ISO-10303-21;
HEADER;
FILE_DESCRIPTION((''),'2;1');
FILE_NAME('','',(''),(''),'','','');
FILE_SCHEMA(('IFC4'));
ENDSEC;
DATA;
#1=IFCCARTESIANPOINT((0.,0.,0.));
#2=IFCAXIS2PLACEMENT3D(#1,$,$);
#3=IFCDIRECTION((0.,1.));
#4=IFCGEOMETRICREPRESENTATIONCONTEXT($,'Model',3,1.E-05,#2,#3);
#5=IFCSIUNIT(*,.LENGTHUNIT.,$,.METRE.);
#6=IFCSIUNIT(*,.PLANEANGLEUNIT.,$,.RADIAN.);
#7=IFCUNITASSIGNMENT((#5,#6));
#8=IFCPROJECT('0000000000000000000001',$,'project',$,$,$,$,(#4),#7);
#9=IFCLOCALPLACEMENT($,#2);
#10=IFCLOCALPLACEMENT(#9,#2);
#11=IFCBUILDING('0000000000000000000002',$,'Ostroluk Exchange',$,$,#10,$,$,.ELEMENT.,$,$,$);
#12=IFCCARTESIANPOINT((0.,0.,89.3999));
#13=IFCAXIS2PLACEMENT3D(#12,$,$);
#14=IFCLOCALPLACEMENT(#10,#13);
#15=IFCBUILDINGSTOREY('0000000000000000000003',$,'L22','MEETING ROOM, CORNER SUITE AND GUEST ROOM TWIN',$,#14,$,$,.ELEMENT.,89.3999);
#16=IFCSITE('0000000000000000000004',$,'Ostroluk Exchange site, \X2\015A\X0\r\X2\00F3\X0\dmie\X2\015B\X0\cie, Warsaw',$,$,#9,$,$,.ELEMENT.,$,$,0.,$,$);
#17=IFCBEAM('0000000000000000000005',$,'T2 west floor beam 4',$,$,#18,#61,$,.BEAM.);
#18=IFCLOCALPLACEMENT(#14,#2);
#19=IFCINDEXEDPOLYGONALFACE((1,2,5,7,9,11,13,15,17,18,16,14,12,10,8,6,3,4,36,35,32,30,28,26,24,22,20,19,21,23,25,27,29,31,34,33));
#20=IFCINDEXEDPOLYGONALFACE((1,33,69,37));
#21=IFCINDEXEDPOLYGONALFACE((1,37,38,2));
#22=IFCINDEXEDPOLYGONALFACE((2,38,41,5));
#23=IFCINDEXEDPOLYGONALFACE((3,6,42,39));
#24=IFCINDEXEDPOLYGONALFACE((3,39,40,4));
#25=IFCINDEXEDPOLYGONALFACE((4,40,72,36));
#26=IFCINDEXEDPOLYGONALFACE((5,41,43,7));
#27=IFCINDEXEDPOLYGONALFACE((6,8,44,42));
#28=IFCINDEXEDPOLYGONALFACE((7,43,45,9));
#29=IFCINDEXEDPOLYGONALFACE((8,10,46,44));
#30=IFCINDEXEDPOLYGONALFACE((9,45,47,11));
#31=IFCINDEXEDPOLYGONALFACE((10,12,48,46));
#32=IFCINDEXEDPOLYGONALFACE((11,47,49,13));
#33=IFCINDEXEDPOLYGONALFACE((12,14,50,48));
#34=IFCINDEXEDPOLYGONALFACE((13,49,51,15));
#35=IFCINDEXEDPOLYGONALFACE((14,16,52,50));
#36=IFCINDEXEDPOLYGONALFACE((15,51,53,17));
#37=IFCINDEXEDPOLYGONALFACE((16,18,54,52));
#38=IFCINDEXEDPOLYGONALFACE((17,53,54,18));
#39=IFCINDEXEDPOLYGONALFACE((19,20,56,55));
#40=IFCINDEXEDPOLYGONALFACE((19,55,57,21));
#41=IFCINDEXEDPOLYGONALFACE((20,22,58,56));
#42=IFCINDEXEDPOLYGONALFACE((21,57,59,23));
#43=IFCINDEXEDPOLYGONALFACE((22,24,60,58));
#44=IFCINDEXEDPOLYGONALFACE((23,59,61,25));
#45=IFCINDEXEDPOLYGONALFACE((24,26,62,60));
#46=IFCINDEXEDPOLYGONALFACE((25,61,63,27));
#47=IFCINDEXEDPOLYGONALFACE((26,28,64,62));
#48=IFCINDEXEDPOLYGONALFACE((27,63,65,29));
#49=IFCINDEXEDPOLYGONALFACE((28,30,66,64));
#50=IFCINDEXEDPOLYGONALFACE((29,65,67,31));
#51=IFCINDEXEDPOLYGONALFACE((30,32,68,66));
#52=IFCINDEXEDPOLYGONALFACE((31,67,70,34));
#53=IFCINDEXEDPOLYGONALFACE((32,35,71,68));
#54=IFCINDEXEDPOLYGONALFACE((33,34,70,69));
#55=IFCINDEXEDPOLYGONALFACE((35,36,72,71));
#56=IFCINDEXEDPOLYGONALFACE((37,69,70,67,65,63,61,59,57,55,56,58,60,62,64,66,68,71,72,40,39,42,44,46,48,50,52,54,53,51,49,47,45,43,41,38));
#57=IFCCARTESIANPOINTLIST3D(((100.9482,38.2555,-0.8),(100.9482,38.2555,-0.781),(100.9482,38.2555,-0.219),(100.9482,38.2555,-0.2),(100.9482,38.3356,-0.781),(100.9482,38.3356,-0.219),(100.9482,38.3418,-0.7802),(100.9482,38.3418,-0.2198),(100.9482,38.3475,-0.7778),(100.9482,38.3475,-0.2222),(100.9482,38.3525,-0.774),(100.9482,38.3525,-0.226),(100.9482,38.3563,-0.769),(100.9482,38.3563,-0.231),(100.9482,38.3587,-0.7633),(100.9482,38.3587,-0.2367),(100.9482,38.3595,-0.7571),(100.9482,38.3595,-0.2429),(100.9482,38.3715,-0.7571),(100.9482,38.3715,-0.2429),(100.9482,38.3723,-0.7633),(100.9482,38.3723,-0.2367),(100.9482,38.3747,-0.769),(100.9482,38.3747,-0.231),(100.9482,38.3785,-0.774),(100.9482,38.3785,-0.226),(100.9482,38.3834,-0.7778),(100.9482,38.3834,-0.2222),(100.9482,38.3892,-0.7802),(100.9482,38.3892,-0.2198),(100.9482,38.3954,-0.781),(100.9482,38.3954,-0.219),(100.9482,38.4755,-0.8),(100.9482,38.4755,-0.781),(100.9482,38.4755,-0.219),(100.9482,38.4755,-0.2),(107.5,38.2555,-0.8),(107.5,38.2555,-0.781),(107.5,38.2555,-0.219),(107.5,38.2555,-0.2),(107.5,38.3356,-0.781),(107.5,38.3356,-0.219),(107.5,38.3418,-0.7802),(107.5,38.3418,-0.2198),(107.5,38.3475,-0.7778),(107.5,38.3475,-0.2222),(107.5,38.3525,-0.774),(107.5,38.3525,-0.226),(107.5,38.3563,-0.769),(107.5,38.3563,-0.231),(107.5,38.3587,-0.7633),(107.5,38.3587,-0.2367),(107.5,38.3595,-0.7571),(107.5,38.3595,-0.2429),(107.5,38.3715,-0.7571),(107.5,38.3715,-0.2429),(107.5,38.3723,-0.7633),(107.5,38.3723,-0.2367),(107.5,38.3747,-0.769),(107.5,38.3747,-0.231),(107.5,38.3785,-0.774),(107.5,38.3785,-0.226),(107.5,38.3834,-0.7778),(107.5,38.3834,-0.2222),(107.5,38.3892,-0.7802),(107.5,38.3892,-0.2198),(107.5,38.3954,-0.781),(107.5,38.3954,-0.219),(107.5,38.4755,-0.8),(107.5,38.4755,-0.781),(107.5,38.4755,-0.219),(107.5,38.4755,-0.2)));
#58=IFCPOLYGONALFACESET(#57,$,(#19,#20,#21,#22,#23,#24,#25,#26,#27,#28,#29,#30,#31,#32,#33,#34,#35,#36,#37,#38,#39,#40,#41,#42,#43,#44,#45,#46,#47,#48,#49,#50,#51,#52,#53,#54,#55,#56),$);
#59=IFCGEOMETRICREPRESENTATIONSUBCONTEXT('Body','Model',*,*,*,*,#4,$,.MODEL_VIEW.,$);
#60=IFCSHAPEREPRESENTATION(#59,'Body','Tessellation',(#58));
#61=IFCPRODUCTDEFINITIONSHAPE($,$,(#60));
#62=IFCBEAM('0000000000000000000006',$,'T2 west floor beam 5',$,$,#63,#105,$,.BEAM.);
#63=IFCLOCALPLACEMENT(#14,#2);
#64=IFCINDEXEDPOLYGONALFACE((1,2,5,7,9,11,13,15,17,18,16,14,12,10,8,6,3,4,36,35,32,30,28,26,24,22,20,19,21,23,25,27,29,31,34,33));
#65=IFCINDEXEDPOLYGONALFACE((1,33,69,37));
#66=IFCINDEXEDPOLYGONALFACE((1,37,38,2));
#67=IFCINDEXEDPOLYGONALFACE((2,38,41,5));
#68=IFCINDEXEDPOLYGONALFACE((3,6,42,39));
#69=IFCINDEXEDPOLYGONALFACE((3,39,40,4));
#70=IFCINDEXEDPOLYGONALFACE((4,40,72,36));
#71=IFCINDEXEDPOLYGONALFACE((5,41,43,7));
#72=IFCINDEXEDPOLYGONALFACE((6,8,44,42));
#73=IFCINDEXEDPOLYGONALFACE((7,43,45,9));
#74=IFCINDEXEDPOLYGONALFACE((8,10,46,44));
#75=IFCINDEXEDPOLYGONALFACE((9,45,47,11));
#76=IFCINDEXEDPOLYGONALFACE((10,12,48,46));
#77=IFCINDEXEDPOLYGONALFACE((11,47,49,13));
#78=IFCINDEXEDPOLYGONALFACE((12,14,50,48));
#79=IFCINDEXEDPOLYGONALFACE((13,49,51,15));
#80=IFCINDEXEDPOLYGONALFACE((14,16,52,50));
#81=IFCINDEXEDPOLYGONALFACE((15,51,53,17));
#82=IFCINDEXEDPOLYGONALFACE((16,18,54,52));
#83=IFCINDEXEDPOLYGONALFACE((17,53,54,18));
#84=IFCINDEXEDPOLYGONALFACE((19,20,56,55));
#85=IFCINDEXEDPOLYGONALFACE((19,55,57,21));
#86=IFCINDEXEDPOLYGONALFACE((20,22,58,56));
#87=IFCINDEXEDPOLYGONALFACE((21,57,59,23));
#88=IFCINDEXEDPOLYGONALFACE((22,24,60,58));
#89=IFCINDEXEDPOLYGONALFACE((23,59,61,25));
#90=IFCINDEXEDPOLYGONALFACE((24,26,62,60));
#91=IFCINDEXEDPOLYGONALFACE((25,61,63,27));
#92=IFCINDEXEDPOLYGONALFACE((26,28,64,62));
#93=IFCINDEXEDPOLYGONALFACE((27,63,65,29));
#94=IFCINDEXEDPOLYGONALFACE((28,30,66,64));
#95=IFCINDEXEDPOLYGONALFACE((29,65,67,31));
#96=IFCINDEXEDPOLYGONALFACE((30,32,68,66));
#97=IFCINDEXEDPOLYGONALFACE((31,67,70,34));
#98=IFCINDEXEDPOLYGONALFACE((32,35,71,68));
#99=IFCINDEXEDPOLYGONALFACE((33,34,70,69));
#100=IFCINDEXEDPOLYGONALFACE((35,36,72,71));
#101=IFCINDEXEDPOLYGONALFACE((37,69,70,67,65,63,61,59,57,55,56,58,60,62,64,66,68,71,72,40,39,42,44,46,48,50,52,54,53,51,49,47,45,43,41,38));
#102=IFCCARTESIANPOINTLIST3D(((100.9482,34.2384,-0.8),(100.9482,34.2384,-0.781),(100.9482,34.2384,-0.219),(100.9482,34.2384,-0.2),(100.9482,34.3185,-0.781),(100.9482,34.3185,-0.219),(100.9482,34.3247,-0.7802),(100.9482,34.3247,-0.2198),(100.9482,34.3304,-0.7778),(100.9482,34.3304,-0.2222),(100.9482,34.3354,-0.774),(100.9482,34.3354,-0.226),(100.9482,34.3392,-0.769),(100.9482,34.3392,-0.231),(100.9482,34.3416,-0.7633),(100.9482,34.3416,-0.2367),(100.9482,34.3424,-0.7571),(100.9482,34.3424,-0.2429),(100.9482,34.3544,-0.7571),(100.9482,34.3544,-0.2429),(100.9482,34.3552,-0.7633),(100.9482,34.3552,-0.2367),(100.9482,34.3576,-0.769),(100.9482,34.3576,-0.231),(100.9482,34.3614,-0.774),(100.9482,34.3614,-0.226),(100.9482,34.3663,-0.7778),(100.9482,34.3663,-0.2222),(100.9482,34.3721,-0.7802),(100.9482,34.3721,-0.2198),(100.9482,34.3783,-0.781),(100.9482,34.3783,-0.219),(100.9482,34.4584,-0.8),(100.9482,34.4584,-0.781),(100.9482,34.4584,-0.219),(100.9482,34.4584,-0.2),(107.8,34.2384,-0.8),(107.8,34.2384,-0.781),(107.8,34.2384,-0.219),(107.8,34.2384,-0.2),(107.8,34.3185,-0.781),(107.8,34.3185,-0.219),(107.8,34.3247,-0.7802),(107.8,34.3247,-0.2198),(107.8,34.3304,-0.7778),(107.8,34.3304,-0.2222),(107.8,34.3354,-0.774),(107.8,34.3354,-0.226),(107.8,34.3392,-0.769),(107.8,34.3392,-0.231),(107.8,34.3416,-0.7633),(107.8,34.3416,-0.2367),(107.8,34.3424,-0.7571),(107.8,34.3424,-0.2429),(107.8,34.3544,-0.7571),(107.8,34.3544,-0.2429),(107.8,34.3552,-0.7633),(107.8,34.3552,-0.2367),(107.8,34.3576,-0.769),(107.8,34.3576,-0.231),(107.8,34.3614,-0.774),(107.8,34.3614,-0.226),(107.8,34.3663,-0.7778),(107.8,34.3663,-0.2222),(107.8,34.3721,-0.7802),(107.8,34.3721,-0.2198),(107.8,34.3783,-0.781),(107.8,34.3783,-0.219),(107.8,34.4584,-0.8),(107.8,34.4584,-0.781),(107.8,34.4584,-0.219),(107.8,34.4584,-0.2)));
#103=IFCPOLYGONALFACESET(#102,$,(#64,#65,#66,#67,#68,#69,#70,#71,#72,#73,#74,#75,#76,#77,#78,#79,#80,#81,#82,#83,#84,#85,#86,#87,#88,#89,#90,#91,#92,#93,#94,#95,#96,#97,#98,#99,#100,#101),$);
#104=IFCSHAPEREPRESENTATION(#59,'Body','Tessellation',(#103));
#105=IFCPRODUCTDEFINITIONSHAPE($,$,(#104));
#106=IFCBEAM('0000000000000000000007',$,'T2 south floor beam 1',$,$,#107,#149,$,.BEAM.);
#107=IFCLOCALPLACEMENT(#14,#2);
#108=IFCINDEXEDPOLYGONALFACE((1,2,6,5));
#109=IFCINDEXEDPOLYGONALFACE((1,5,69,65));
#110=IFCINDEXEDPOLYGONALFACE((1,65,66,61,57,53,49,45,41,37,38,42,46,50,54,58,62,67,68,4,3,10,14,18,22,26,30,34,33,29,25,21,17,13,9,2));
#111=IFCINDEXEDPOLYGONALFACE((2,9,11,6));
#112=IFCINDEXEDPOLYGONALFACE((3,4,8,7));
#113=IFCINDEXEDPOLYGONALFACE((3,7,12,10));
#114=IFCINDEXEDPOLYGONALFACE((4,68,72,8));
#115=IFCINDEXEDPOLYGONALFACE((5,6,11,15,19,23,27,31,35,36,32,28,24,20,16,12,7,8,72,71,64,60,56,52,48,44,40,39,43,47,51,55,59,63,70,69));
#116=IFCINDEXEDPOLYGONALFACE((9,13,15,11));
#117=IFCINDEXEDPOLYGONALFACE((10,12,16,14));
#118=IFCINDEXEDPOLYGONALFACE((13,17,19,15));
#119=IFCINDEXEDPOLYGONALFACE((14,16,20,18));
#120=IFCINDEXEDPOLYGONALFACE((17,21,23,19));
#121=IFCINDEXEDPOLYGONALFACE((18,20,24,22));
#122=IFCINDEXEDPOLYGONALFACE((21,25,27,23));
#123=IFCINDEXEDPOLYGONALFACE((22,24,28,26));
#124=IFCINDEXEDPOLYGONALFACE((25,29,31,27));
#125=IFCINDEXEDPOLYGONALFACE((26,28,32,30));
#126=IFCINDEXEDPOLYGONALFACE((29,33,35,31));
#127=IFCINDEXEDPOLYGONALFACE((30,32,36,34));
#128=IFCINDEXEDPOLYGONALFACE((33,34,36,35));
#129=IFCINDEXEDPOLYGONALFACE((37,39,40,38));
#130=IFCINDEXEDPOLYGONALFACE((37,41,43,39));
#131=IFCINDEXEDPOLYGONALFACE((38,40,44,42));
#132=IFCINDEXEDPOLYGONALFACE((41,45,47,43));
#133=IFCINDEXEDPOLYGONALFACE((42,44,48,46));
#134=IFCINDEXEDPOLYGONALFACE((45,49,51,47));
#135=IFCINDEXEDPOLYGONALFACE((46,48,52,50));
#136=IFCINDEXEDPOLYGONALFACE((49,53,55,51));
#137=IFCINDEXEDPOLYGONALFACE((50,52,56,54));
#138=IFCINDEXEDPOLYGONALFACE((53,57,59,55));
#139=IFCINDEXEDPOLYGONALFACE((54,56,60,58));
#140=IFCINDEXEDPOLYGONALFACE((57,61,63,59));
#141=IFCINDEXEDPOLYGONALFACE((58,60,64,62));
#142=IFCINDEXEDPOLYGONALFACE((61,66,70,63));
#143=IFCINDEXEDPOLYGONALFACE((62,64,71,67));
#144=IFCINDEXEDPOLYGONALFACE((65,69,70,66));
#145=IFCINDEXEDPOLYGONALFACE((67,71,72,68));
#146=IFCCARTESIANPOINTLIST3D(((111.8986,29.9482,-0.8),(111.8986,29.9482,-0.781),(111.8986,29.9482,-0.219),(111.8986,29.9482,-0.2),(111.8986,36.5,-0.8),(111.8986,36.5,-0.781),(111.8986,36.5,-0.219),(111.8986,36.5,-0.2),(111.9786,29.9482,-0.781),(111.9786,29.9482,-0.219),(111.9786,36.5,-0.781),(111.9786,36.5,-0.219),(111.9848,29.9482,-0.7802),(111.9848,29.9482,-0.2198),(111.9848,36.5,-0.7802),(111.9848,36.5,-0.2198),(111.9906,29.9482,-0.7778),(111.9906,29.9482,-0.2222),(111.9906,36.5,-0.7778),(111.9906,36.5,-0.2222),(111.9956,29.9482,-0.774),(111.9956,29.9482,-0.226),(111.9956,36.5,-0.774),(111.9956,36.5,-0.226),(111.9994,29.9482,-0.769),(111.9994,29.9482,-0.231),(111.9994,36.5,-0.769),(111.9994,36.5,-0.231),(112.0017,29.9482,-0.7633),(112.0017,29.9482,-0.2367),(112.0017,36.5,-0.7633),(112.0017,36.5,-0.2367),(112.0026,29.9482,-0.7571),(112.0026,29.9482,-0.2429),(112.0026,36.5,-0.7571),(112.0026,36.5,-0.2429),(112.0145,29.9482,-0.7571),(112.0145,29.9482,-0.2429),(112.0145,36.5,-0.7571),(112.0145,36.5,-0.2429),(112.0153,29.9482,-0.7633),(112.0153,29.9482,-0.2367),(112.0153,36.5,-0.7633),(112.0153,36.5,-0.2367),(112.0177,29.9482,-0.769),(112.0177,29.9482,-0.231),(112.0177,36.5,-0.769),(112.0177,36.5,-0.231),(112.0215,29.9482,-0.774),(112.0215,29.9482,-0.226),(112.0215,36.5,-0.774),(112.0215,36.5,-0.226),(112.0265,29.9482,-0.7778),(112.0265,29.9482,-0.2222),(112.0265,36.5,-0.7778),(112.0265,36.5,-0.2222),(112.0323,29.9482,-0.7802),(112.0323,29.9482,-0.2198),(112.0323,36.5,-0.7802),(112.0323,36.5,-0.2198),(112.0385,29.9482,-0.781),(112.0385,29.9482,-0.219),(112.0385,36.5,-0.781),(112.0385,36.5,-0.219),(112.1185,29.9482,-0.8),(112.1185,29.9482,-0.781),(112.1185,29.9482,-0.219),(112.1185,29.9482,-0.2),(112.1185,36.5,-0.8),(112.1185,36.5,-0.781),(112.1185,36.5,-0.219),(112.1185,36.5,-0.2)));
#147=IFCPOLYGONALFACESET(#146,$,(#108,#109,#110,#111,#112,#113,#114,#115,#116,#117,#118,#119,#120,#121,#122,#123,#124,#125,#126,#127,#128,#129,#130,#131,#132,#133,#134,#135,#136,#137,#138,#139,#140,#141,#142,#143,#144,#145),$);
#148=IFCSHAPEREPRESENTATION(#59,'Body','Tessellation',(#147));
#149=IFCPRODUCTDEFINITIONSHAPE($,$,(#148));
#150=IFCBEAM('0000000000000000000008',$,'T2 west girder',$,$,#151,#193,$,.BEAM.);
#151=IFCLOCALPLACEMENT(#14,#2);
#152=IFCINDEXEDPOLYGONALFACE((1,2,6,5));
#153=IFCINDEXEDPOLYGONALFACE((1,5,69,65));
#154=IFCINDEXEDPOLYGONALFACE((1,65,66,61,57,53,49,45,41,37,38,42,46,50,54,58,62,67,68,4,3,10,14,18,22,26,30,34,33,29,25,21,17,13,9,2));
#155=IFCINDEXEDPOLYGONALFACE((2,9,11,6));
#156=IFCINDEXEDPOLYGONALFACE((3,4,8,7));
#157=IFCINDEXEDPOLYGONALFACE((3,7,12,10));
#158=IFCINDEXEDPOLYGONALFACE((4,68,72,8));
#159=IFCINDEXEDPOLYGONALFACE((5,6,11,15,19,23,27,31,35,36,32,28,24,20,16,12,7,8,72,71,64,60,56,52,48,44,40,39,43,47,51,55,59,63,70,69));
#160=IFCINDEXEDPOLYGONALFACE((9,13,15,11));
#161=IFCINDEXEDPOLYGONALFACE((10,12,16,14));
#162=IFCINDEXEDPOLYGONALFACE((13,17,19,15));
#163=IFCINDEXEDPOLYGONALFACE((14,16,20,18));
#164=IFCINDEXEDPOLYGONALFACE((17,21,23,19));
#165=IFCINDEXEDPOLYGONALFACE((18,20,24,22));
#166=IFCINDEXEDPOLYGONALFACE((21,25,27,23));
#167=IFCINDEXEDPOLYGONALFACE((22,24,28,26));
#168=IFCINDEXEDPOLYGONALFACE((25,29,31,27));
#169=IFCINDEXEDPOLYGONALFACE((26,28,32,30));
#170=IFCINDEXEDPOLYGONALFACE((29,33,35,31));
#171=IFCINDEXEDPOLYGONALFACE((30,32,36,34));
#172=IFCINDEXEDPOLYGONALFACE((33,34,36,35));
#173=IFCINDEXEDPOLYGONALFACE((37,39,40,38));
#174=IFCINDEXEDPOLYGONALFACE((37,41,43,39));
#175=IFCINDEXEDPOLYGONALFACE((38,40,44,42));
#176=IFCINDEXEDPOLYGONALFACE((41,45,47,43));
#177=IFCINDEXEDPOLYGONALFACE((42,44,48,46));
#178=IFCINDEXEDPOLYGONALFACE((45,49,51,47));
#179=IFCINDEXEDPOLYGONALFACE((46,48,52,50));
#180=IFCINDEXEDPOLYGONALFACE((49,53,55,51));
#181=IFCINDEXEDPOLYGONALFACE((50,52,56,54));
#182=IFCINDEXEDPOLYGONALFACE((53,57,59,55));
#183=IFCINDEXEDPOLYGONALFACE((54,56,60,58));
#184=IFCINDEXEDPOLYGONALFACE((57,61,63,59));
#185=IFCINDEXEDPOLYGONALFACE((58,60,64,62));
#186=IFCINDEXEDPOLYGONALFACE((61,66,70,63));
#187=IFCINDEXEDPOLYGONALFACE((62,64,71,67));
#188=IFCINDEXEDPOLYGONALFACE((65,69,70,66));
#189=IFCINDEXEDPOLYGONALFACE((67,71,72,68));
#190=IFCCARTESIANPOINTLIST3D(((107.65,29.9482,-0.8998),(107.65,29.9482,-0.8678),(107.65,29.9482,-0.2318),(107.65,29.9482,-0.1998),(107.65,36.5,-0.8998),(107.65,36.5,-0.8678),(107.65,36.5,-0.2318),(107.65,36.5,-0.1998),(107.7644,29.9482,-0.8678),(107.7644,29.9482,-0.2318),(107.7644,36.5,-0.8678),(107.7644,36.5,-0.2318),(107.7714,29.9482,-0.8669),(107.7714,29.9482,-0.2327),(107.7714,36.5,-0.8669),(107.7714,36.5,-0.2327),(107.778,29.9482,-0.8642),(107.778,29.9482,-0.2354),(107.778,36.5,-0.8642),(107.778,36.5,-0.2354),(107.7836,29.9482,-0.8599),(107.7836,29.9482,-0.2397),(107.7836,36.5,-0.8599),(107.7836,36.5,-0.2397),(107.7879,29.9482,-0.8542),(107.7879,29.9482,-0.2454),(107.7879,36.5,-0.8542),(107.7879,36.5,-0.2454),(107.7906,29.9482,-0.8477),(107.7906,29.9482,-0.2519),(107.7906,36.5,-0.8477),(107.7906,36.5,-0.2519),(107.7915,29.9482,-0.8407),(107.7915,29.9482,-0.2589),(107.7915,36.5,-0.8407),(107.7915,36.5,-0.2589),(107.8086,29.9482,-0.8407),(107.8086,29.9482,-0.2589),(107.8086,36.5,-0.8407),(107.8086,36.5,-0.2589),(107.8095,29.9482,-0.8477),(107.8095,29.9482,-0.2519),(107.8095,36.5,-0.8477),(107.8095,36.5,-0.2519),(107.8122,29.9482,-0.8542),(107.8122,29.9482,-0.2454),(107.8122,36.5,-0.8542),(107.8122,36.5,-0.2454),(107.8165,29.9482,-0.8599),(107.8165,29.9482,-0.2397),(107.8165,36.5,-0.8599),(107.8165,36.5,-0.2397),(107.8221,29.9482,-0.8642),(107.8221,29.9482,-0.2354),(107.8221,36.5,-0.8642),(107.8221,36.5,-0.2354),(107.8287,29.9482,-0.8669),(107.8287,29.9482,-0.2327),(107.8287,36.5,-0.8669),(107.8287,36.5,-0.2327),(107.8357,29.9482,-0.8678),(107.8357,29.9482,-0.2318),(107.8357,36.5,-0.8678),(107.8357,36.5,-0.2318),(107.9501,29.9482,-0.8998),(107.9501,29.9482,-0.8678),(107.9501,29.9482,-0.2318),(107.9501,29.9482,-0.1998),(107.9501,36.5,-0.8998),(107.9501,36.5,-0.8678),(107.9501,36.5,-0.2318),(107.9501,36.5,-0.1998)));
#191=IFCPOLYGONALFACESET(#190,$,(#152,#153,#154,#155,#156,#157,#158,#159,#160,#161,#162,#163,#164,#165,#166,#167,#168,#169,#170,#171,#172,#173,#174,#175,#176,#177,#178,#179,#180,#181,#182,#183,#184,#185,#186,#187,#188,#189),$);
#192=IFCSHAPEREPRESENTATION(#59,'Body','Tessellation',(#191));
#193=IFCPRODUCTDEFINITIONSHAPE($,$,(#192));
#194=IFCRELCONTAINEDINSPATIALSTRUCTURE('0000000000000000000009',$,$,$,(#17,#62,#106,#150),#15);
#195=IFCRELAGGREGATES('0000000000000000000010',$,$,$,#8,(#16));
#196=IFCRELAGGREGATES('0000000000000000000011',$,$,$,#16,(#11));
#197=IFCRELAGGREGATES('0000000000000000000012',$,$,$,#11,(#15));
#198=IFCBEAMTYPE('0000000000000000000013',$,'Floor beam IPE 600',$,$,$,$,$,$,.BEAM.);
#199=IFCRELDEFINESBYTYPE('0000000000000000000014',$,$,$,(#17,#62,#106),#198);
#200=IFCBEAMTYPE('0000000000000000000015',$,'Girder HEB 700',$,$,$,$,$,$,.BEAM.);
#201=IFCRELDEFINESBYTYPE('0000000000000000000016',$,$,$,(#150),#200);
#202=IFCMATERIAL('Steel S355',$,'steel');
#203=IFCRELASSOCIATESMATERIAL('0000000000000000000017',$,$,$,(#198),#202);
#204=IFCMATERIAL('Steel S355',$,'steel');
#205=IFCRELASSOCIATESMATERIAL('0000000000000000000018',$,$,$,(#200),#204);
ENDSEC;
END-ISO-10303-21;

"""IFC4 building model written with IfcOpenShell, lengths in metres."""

from ifc_helpers import new_model, si_unit, direction, frame, origin, origin_2d, place, context, subcontext, project, spatial, i_section, extrude, material, material_profile, profile_set, type_object, element, save


model = new_model("IFC4")

# Units and contexts
model_context = context("Model", 3, precision=1e-05, world=origin(), true_north=direction((0.0, 1.0)))
body_context = subcontext(model_context, "Body", "Model", "MODEL_VIEW")
ifc_project = project(units=[si_unit("LENGTHUNIT", "METRE"), si_unit("PLANEANGLEUNIT", "RADIAN")], contexts=[model_context])

# Site, building, storey
site_placement = place(None, origin())
site = spatial("IfcSite", under=ifc_project, at=site_placement, Name="Ostroluk Exchange site, Śródmieście, Warsaw", CompositionType="ELEMENT", RefElevation=0.0)
building_placement = place(site_placement, origin())
building = spatial("IfcBuilding", under=site, at=building_placement, Name="Ostroluk Exchange", CompositionType="ELEMENT")
storey_placement = place(building_placement, frame((0.0, 0.0, 89.3999)))
storey = spatial("IfcBuildingStorey", under=building, at=storey_placement, Name="L22", Description="MEETING ROOM, CORNER SUITE AND GUEST ROOM TWIN", CompositionType="ELEMENT", Elevation=89.3999)

# Beams
ifc_material_1 = material(Name="Steel S355", Category="steel")
ifc_material_profile_1 = material_profile(ifc_material_1, i_section(OverallWidth=0.22, OverallDepth=0.6001, WebThickness=0.012, FlangeThickness=0.019, FilletRadius=0.0239, at=origin_2d()), Name="IPE 600")
ifc_profile_set_1 = profile_set([ifc_material_profile_1], Name="Steel S355")
beam_type_1 = type_object("IfcBeamType", Name="Floor beam IPE 600", PredefinedType="BEAM", material=ifc_profile_set_1)
beam_1_placement = place(storey_placement, frame((107.5, 38.3655, -0.5), z_axis=(-1.0, 0.0, 0.0), x_axis=(0.0, -1.0, 0.0)))
element("IfcBeam", 1, at=beam_1_placement, inside=storey, type_object=beam_type_1, Name="T2 west floor beam 4", PredefinedType="BEAM", context=body_context, shape_type="SweptSolid", body=[
    extrude(i_section(OverallWidth=0.22, OverallDepth=0.6001, WebThickness=0.012, FlangeThickness=0.019, FilletRadius=0.0239, at=origin_2d()), origin(), (0.0, 0.0, 1.0), 6.5518),
])
beam_2_placement = place(storey_placement, frame((107.8, 34.3484, -0.5), z_axis=(-1.0, 0.0, 0.0), x_axis=(0.0, -1.0, 0.0)))
element("IfcBeam", 2, at=beam_2_placement, inside=storey, type_object=beam_type_1, Name="T2 west floor beam 5", PredefinedType="BEAM", context=body_context, shape_type="SweptSolid", body=[
    extrude(i_section(OverallWidth=0.22, OverallDepth=0.6001, WebThickness=0.012, FlangeThickness=0.019, FilletRadius=0.0239, at=origin_2d()), origin(), (0.0, 0.0, 1.0), 6.8518),
])
beam_3_placement = place(storey_placement, frame((112.0085, 36.5, -0.5), z_axis=(0.0, -1.0, 0.0), x_axis=(1.0, 0.0, 0.0)))
element("IfcBeam", 3, at=beam_3_placement, inside=storey, type_object=beam_type_1, Name="T2 south floor beam 1", PredefinedType="BEAM", context=body_context, shape_type="SweptSolid", body=[
    extrude(i_section(OverallWidth=0.22, OverallDepth=0.6001, WebThickness=0.012, FlangeThickness=0.019, FilletRadius=0.0239, at=origin_2d()), origin(), (0.0, 0.0, 1.0), 6.5518),
])
ifc_material_2 = material(Name="Steel S355", Category="steel")
ifc_material_profile_2 = material_profile(ifc_material_2, i_section(OverallWidth=0.3, OverallDepth=0.7, WebThickness=0.0171, FlangeThickness=0.032, FilletRadius=0.0271, at=origin_2d()), Name="HEB 700")
ifc_profile_set_2 = profile_set([ifc_material_profile_2], Name="Steel S355")
beam_type_2 = type_object("IfcBeamType", Name="Girder HEB 700", PredefinedType="BEAM", material=ifc_profile_set_2)
beam_4_placement = place(storey_placement, frame((107.8, 36.5, -0.5498), z_axis=(0.0, -1.0, 0.0), x_axis=(1.0, 0.0, 0.0)))
element("IfcBeam", 4, at=beam_4_placement, inside=storey, type_object=beam_type_2, Name="T2 west girder", PredefinedType="BEAM", context=body_context, shape_type="SweptSolid", body=[
    extrude(i_section(OverallWidth=0.3, OverallDepth=0.7, WebThickness=0.0171, FlangeThickness=0.032, FilletRadius=0.0271, at=origin_2d()), origin(), (0.0, 0.0, 1.0), 6.5518),
])

save(model, "model.ifc")
